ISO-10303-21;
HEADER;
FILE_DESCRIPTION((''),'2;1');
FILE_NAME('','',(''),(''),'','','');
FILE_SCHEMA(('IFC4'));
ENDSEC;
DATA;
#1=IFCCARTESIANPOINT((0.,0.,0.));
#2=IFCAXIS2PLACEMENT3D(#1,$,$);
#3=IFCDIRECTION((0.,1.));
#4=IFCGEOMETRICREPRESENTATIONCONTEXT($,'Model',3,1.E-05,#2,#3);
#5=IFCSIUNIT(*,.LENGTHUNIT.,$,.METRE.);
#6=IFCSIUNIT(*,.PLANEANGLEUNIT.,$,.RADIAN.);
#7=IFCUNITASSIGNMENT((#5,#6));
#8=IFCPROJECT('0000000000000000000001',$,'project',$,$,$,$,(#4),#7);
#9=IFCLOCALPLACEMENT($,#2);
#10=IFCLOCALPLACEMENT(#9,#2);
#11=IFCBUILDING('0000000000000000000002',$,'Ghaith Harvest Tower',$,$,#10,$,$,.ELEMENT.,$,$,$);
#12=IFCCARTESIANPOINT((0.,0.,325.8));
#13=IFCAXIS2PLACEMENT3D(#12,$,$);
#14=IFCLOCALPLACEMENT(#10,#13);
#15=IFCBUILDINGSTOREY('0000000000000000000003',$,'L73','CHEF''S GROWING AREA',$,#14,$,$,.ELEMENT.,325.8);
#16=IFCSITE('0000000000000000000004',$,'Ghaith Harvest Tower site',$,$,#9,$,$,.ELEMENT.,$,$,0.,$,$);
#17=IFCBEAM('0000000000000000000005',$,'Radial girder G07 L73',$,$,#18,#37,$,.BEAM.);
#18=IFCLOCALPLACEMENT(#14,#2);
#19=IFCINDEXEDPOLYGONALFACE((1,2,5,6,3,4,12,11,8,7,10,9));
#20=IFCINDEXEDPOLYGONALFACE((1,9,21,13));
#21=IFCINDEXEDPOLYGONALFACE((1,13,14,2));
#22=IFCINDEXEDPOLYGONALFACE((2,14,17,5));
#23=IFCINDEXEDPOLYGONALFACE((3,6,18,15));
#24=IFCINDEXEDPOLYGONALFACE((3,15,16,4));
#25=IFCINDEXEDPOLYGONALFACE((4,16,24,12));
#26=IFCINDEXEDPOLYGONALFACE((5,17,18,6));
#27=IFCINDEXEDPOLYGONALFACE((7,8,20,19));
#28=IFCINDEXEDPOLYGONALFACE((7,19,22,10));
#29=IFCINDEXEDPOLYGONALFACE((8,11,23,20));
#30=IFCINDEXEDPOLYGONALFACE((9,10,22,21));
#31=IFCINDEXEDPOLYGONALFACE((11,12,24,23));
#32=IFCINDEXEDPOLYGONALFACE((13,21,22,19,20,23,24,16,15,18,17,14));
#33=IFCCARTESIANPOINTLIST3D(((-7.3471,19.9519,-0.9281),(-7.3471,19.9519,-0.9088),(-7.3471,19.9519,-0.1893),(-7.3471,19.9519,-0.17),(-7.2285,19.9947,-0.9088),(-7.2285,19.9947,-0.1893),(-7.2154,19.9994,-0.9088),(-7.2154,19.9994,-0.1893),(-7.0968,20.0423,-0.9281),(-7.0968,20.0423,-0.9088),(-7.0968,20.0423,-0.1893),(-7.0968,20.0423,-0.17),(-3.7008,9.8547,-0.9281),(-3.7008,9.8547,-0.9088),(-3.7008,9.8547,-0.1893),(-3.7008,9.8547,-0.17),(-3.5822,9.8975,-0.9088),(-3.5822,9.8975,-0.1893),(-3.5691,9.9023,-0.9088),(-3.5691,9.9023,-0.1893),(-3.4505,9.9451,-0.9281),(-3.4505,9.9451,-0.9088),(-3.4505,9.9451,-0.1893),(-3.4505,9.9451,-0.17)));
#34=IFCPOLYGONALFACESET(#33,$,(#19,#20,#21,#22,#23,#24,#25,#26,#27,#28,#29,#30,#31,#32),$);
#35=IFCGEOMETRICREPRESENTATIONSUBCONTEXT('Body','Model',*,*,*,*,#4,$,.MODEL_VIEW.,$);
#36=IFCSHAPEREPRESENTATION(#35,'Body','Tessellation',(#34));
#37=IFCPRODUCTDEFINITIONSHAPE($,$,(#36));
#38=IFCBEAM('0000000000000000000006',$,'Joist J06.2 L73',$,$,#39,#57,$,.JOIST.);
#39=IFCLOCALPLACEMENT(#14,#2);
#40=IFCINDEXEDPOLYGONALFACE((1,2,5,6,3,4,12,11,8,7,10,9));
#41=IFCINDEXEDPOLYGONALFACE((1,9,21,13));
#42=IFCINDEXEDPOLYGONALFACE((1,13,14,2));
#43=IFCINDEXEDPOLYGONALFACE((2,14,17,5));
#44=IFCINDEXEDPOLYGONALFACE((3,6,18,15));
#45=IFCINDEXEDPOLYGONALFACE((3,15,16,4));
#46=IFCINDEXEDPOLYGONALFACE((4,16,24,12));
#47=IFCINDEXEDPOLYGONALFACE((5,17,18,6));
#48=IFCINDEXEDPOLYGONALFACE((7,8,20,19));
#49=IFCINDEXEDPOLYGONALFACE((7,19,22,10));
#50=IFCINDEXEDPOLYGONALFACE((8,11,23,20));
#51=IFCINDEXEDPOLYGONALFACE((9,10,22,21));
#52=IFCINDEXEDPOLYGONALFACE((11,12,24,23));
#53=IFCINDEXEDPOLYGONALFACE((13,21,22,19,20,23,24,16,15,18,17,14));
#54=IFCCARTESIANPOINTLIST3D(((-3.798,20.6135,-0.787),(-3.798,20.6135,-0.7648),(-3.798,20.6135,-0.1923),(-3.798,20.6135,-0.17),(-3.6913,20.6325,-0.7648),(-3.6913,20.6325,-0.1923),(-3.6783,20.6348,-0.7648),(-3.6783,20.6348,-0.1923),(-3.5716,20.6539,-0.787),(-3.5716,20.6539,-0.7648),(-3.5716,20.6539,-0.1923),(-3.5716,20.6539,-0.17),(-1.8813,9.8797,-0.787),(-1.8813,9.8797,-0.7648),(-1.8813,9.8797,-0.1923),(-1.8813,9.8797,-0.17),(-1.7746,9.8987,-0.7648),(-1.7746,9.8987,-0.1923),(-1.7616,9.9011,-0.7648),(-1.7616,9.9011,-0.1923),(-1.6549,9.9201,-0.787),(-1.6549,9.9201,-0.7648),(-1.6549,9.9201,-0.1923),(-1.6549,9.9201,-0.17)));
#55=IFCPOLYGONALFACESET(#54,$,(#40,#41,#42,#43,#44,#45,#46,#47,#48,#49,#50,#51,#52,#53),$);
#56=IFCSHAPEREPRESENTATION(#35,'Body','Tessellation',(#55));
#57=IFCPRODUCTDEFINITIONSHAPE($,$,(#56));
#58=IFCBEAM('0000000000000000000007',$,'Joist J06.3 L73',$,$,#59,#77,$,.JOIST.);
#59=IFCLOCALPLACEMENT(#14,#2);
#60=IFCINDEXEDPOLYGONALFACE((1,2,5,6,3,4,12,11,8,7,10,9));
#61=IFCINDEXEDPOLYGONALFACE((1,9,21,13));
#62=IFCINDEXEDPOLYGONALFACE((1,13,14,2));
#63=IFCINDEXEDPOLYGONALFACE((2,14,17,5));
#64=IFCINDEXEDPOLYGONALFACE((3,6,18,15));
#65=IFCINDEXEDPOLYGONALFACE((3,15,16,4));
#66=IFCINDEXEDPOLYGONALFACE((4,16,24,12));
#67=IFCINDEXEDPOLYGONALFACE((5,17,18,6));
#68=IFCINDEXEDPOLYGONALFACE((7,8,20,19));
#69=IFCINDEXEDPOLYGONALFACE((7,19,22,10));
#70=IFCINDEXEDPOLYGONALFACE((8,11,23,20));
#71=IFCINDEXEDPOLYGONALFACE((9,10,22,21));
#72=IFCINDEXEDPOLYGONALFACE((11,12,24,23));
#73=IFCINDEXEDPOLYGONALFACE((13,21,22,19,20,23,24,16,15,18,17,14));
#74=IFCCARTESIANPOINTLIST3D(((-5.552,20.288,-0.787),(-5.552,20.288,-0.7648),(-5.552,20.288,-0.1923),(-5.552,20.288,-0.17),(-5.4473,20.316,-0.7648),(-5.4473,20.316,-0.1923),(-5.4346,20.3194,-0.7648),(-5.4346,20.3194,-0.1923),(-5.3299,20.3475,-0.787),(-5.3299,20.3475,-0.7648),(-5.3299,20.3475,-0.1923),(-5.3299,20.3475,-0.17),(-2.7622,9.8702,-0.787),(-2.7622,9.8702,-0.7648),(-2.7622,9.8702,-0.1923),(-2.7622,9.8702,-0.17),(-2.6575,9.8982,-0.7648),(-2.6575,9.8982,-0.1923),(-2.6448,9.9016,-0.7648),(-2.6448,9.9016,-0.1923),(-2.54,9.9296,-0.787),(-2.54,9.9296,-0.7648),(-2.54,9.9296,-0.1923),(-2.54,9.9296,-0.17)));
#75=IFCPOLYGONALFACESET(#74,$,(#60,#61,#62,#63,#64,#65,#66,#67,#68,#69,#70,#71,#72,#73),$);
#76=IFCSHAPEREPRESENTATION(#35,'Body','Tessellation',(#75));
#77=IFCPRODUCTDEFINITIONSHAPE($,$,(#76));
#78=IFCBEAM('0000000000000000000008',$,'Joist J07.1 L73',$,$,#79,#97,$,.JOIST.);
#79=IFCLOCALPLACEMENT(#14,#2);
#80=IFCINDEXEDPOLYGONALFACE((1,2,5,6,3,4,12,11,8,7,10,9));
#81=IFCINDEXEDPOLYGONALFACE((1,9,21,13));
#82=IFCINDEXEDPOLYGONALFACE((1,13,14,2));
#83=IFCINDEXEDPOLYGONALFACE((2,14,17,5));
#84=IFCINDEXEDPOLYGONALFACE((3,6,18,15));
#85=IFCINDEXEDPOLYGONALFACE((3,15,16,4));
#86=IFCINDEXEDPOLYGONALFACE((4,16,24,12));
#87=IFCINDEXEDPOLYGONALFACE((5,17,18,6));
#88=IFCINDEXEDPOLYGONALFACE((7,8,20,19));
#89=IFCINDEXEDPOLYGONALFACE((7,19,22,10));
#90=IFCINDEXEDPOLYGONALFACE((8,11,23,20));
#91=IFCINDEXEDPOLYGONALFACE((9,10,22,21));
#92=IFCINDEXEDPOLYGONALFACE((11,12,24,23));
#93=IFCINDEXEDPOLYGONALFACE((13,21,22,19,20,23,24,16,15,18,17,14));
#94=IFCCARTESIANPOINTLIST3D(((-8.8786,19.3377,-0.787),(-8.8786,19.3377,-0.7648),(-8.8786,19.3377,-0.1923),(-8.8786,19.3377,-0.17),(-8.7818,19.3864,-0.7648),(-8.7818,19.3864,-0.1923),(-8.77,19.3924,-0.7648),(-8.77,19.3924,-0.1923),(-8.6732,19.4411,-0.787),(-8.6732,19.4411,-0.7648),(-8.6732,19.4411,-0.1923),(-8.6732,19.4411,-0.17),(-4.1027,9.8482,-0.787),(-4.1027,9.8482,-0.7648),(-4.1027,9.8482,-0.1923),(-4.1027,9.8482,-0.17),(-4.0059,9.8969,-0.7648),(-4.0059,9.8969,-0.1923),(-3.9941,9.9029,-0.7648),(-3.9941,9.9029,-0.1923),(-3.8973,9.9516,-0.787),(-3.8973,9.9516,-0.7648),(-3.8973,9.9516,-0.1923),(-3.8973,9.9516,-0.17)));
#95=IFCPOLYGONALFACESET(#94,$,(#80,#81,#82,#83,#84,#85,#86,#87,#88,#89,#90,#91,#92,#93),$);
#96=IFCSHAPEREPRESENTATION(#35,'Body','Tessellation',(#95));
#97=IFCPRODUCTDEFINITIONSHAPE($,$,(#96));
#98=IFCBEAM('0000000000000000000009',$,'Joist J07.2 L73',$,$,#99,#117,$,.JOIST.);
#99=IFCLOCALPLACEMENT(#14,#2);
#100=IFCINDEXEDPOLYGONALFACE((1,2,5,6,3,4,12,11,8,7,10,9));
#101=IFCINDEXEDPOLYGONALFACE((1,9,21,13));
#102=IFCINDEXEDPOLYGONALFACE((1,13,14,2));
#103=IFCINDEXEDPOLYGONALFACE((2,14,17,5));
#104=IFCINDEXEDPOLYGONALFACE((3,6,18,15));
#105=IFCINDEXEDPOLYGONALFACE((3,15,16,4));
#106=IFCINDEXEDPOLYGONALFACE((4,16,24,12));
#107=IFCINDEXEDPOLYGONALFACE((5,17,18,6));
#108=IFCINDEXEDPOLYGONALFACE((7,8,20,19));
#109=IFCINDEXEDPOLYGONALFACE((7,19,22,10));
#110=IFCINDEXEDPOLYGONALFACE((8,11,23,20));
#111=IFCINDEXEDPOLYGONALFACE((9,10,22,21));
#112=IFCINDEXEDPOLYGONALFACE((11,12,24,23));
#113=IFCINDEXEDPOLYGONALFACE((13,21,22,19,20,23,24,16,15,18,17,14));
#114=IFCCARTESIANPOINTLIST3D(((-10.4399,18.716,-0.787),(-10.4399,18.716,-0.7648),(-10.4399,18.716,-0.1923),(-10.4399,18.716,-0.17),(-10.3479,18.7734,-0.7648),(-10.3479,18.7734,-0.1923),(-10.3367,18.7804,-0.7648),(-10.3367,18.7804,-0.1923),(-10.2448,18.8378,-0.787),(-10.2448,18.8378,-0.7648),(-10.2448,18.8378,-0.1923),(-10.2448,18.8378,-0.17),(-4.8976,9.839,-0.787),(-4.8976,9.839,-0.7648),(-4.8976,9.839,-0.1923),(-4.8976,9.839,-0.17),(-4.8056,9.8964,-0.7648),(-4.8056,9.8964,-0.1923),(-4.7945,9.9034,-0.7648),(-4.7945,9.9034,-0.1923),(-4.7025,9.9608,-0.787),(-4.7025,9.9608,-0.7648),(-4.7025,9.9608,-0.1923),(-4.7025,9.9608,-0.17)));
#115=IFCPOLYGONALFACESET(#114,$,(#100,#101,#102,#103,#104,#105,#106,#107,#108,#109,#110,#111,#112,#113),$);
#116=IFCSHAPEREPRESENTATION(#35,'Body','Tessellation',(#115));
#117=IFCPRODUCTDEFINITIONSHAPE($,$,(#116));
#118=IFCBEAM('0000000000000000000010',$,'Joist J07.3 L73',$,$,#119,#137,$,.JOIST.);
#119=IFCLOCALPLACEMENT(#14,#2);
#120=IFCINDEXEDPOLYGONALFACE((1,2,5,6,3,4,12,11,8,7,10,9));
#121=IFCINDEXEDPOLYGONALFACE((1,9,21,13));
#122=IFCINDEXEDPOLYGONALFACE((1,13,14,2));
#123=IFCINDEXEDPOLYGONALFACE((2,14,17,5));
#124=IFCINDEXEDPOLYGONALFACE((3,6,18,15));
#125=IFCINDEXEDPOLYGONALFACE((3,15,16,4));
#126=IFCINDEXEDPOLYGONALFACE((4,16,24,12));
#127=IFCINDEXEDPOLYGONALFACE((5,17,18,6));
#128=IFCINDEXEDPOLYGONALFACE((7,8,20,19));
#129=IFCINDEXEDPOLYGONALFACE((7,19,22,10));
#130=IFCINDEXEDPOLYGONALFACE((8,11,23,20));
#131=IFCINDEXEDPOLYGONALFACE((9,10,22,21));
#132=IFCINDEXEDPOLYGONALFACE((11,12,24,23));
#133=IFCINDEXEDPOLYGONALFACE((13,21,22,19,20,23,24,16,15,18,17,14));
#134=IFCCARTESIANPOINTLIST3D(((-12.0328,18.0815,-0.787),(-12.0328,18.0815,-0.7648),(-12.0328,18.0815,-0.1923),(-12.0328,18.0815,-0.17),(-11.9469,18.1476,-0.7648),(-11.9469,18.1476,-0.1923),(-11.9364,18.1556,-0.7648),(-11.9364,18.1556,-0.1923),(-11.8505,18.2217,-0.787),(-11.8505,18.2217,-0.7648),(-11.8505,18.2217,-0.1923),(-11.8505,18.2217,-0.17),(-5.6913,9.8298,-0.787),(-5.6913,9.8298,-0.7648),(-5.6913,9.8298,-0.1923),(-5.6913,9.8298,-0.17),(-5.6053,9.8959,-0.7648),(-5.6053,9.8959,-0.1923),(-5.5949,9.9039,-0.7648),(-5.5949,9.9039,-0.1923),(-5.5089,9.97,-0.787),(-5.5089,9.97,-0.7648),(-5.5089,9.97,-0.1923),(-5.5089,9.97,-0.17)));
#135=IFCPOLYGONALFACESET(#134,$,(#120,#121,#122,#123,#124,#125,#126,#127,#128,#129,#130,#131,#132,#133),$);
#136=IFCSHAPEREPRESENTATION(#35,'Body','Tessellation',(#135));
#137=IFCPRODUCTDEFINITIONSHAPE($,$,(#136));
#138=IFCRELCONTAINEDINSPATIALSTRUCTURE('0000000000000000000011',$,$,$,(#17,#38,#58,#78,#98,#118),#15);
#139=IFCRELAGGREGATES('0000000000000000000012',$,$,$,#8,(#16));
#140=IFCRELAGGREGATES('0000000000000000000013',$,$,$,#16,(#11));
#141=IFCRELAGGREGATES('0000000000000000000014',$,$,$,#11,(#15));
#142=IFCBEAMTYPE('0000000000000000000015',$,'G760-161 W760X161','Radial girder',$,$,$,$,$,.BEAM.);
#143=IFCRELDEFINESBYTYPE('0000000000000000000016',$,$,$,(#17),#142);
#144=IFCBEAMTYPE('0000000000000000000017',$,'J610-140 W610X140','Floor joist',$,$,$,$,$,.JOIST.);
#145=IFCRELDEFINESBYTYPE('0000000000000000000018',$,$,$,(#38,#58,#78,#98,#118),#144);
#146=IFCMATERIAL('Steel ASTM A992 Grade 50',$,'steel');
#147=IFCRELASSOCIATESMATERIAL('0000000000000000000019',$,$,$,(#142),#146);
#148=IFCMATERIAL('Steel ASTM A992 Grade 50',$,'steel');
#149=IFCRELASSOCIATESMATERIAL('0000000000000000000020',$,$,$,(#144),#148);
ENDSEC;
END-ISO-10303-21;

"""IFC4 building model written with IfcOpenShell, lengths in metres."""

from ifc_helpers import new_model, si_unit, direction, frame, origin, origin_2d, place, context, subcontext, project, spatial, i_section, extrude, material, material_profile, profile_set, type_object, element, save


model = new_model("IFC4")

# Units and contexts
model_context = context("Model", 3, precision=1e-05, world=origin(), true_north=direction((0.0, 1.0)))
body_context = subcontext(model_context, "Body", "Model", "MODEL_VIEW")
ifc_project = project(units=[si_unit("LENGTHUNIT", "METRE"), si_unit("PLANEANGLEUNIT", "RADIAN")], contexts=[model_context])

# Site, building, storey
site_placement = place(None, origin())
site = spatial("IfcSite", under=ifc_project, at=site_placement, Name="Ghaith Harvest Tower site", CompositionType="ELEMENT", RefElevation=0.0)
building_placement = place(site_placement, origin())
building = spatial("IfcBuilding", under=site, at=building_placement, Name="Ghaith Harvest Tower", CompositionType="ELEMENT")
storey_placement = place(building_placement, frame((0.0, 0.0, 325.8)))
storey = spatial("IfcBuildingStorey", under=building, at=storey_placement, Name="L73", Description="CHEF'S GROWING AREA", CompositionType="ELEMENT", Elevation=325.8)

# Beams
ifc_material_1 = material(Name="Steel ASTM A992 Grade 50", Category="steel")
ifc_material_profile_1 = material_profile(ifc_material_1, i_section(OverallWidth=0.2661, OverallDepth=0.7581, WebThickness=0.0139, FlangeThickness=0.0193, at=origin_2d()), Name="W760X161")
ifc_profile_set_1 = profile_set([ifc_material_profile_1], Name="Steel ASTM A992 Grade 50")
beam_type_1 = type_object("IfcBeamType", Name="G760-161 W760X161", Description="Radial girder", PredefinedType="BEAM", material=ifc_profile_set_1)
beam_1_placement = place(storey_placement, frame((-3.5757, 9.8999, -0.5491), z_axis=(-0.339648, 0.940553, 0.0), x_axis=(-0.940553, -0.339648, 0.0)))
element("IfcBeam", 1, at=beam_1_placement, inside=storey, type_object=beam_type_1, Name="Radial girder G07 L73", PredefinedType="BEAM", context=body_context, shape_type="SweptSolid", body=[
    extrude(i_section(OverallWidth=0.2661, OverallDepth=0.7581, WebThickness=0.0139, FlangeThickness=0.0193, at=origin_2d()), origin(), (0.0, 0.0, 1.0), 10.7354),
])
ifc_material_2 = material(Name="Steel ASTM A992 Grade 50", Category="steel")
ifc_material_profile_2 = material_profile(ifc_material_2, i_section(OverallWidth=0.23, OverallDepth=0.6169, WebThickness=0.0132, FlangeThickness=0.0222, at=origin_2d()), Name="W610X140")
ifc_profile_set_2 = profile_set([ifc_material_profile_2], Name="Steel ASTM A992 Grade 50")
beam_type_2 = type_object("IfcBeamType", Name="J610-140 W610X140", Description="Floor joist", PredefinedType="JOIST", material=ifc_profile_set_2)
beam_2_placement = place(storey_placement, frame((-1.7681, 9.8999, -0.4785), z_axis=(-0.175789, 0.984428, 0.0), x_axis=(-0.984428, -0.175789, 0.0)))
element("IfcBeam", 2, at=beam_2_placement, inside=storey, type_object=beam_type_2, Name="Joist J06.2 L73", PredefinedType="JOIST", context=body_context, shape_type="SweptSolid", body=[
    extrude(i_section(OverallWidth=0.23, OverallDepth=0.6169, WebThickness=0.0132, FlangeThickness=0.0222, at=origin_2d()), origin(), (0.0, 0.0, 1.0), 10.9036),
])
beam_3_placement = place(storey_placement, frame((-2.6511, 9.8999, -0.4785), z_axis=(-0.258678, 0.965964, 0.0), x_axis=(-0.965964, -0.258678, 0.0)))
element("IfcBeam", 3, at=beam_3_placement, inside=storey, type_object=beam_type_2, Name="Joist J06.3 L73", PredefinedType="JOIST", context=body_context, shape_type="SweptSolid", body=[
    extrude(i_section(OverallWidth=0.23, OverallDepth=0.6169, WebThickness=0.0132, FlangeThickness=0.0222, at=origin_2d()), origin(), (0.0, 0.0, 1.0), 10.7849),
])
beam_4_placement = place(storey_placement, frame((-4.0, 9.8999, -0.4785), z_axis=(-0.449556, 0.893252, 0.0), x_axis=(-0.893252, -0.449556, 0.0)))
element("IfcBeam", 4, at=beam_4_placement, inside=storey, type_object=beam_type_2, Name="Joist J07.1 L73", PredefinedType="JOIST", context=body_context, shape_type="SweptSolid", body=[
    extrude(i_section(OverallWidth=0.23, OverallDepth=0.6169, WebThickness=0.0132, FlangeThickness=0.0222, at=origin_2d()), origin(), (0.0, 0.0, 1.0), 10.6235),
])
beam_5_placement = place(storey_placement, frame((-4.8, 9.8999, -0.4785), z_axis=(-0.529596, 0.84825, 0.0), x_axis=(-0.84825, -0.529596, 0.0)))
element("IfcBeam", 5, at=beam_5_placement, inside=storey, type_object=beam_type_2, Name="Joist J07.2 L73", PredefinedType="JOIST", context=body_context, shape_type="SweptSolid", body=[
    extrude(i_section(OverallWidth=0.23, OverallDepth=0.6169, WebThickness=0.0132, FlangeThickness=0.0222, at=origin_2d()), origin(), (0.0, 0.0, 1.0), 10.4651),
])
beam_6_placement = place(storey_placement, frame((-5.6001, 9.8999, -0.4785), z_axis=(-0.609354, 0.792899, 0.0), x_axis=(-0.792899, -0.609354, 0.0)))
element("IfcBeam", 6, at=beam_6_placement, inside=storey, type_object=beam_type_2, Name="Joist J07.3 L73", PredefinedType="JOIST", context=body_context, shape_type="SweptSolid", body=[
    extrude(i_section(OverallWidth=0.23, OverallDepth=0.6169, WebThickness=0.0132, FlangeThickness=0.0222, at=origin_2d()), origin(), (0.0, 0.0, 1.0), 10.407),
])

save(model, "model.ifc")
